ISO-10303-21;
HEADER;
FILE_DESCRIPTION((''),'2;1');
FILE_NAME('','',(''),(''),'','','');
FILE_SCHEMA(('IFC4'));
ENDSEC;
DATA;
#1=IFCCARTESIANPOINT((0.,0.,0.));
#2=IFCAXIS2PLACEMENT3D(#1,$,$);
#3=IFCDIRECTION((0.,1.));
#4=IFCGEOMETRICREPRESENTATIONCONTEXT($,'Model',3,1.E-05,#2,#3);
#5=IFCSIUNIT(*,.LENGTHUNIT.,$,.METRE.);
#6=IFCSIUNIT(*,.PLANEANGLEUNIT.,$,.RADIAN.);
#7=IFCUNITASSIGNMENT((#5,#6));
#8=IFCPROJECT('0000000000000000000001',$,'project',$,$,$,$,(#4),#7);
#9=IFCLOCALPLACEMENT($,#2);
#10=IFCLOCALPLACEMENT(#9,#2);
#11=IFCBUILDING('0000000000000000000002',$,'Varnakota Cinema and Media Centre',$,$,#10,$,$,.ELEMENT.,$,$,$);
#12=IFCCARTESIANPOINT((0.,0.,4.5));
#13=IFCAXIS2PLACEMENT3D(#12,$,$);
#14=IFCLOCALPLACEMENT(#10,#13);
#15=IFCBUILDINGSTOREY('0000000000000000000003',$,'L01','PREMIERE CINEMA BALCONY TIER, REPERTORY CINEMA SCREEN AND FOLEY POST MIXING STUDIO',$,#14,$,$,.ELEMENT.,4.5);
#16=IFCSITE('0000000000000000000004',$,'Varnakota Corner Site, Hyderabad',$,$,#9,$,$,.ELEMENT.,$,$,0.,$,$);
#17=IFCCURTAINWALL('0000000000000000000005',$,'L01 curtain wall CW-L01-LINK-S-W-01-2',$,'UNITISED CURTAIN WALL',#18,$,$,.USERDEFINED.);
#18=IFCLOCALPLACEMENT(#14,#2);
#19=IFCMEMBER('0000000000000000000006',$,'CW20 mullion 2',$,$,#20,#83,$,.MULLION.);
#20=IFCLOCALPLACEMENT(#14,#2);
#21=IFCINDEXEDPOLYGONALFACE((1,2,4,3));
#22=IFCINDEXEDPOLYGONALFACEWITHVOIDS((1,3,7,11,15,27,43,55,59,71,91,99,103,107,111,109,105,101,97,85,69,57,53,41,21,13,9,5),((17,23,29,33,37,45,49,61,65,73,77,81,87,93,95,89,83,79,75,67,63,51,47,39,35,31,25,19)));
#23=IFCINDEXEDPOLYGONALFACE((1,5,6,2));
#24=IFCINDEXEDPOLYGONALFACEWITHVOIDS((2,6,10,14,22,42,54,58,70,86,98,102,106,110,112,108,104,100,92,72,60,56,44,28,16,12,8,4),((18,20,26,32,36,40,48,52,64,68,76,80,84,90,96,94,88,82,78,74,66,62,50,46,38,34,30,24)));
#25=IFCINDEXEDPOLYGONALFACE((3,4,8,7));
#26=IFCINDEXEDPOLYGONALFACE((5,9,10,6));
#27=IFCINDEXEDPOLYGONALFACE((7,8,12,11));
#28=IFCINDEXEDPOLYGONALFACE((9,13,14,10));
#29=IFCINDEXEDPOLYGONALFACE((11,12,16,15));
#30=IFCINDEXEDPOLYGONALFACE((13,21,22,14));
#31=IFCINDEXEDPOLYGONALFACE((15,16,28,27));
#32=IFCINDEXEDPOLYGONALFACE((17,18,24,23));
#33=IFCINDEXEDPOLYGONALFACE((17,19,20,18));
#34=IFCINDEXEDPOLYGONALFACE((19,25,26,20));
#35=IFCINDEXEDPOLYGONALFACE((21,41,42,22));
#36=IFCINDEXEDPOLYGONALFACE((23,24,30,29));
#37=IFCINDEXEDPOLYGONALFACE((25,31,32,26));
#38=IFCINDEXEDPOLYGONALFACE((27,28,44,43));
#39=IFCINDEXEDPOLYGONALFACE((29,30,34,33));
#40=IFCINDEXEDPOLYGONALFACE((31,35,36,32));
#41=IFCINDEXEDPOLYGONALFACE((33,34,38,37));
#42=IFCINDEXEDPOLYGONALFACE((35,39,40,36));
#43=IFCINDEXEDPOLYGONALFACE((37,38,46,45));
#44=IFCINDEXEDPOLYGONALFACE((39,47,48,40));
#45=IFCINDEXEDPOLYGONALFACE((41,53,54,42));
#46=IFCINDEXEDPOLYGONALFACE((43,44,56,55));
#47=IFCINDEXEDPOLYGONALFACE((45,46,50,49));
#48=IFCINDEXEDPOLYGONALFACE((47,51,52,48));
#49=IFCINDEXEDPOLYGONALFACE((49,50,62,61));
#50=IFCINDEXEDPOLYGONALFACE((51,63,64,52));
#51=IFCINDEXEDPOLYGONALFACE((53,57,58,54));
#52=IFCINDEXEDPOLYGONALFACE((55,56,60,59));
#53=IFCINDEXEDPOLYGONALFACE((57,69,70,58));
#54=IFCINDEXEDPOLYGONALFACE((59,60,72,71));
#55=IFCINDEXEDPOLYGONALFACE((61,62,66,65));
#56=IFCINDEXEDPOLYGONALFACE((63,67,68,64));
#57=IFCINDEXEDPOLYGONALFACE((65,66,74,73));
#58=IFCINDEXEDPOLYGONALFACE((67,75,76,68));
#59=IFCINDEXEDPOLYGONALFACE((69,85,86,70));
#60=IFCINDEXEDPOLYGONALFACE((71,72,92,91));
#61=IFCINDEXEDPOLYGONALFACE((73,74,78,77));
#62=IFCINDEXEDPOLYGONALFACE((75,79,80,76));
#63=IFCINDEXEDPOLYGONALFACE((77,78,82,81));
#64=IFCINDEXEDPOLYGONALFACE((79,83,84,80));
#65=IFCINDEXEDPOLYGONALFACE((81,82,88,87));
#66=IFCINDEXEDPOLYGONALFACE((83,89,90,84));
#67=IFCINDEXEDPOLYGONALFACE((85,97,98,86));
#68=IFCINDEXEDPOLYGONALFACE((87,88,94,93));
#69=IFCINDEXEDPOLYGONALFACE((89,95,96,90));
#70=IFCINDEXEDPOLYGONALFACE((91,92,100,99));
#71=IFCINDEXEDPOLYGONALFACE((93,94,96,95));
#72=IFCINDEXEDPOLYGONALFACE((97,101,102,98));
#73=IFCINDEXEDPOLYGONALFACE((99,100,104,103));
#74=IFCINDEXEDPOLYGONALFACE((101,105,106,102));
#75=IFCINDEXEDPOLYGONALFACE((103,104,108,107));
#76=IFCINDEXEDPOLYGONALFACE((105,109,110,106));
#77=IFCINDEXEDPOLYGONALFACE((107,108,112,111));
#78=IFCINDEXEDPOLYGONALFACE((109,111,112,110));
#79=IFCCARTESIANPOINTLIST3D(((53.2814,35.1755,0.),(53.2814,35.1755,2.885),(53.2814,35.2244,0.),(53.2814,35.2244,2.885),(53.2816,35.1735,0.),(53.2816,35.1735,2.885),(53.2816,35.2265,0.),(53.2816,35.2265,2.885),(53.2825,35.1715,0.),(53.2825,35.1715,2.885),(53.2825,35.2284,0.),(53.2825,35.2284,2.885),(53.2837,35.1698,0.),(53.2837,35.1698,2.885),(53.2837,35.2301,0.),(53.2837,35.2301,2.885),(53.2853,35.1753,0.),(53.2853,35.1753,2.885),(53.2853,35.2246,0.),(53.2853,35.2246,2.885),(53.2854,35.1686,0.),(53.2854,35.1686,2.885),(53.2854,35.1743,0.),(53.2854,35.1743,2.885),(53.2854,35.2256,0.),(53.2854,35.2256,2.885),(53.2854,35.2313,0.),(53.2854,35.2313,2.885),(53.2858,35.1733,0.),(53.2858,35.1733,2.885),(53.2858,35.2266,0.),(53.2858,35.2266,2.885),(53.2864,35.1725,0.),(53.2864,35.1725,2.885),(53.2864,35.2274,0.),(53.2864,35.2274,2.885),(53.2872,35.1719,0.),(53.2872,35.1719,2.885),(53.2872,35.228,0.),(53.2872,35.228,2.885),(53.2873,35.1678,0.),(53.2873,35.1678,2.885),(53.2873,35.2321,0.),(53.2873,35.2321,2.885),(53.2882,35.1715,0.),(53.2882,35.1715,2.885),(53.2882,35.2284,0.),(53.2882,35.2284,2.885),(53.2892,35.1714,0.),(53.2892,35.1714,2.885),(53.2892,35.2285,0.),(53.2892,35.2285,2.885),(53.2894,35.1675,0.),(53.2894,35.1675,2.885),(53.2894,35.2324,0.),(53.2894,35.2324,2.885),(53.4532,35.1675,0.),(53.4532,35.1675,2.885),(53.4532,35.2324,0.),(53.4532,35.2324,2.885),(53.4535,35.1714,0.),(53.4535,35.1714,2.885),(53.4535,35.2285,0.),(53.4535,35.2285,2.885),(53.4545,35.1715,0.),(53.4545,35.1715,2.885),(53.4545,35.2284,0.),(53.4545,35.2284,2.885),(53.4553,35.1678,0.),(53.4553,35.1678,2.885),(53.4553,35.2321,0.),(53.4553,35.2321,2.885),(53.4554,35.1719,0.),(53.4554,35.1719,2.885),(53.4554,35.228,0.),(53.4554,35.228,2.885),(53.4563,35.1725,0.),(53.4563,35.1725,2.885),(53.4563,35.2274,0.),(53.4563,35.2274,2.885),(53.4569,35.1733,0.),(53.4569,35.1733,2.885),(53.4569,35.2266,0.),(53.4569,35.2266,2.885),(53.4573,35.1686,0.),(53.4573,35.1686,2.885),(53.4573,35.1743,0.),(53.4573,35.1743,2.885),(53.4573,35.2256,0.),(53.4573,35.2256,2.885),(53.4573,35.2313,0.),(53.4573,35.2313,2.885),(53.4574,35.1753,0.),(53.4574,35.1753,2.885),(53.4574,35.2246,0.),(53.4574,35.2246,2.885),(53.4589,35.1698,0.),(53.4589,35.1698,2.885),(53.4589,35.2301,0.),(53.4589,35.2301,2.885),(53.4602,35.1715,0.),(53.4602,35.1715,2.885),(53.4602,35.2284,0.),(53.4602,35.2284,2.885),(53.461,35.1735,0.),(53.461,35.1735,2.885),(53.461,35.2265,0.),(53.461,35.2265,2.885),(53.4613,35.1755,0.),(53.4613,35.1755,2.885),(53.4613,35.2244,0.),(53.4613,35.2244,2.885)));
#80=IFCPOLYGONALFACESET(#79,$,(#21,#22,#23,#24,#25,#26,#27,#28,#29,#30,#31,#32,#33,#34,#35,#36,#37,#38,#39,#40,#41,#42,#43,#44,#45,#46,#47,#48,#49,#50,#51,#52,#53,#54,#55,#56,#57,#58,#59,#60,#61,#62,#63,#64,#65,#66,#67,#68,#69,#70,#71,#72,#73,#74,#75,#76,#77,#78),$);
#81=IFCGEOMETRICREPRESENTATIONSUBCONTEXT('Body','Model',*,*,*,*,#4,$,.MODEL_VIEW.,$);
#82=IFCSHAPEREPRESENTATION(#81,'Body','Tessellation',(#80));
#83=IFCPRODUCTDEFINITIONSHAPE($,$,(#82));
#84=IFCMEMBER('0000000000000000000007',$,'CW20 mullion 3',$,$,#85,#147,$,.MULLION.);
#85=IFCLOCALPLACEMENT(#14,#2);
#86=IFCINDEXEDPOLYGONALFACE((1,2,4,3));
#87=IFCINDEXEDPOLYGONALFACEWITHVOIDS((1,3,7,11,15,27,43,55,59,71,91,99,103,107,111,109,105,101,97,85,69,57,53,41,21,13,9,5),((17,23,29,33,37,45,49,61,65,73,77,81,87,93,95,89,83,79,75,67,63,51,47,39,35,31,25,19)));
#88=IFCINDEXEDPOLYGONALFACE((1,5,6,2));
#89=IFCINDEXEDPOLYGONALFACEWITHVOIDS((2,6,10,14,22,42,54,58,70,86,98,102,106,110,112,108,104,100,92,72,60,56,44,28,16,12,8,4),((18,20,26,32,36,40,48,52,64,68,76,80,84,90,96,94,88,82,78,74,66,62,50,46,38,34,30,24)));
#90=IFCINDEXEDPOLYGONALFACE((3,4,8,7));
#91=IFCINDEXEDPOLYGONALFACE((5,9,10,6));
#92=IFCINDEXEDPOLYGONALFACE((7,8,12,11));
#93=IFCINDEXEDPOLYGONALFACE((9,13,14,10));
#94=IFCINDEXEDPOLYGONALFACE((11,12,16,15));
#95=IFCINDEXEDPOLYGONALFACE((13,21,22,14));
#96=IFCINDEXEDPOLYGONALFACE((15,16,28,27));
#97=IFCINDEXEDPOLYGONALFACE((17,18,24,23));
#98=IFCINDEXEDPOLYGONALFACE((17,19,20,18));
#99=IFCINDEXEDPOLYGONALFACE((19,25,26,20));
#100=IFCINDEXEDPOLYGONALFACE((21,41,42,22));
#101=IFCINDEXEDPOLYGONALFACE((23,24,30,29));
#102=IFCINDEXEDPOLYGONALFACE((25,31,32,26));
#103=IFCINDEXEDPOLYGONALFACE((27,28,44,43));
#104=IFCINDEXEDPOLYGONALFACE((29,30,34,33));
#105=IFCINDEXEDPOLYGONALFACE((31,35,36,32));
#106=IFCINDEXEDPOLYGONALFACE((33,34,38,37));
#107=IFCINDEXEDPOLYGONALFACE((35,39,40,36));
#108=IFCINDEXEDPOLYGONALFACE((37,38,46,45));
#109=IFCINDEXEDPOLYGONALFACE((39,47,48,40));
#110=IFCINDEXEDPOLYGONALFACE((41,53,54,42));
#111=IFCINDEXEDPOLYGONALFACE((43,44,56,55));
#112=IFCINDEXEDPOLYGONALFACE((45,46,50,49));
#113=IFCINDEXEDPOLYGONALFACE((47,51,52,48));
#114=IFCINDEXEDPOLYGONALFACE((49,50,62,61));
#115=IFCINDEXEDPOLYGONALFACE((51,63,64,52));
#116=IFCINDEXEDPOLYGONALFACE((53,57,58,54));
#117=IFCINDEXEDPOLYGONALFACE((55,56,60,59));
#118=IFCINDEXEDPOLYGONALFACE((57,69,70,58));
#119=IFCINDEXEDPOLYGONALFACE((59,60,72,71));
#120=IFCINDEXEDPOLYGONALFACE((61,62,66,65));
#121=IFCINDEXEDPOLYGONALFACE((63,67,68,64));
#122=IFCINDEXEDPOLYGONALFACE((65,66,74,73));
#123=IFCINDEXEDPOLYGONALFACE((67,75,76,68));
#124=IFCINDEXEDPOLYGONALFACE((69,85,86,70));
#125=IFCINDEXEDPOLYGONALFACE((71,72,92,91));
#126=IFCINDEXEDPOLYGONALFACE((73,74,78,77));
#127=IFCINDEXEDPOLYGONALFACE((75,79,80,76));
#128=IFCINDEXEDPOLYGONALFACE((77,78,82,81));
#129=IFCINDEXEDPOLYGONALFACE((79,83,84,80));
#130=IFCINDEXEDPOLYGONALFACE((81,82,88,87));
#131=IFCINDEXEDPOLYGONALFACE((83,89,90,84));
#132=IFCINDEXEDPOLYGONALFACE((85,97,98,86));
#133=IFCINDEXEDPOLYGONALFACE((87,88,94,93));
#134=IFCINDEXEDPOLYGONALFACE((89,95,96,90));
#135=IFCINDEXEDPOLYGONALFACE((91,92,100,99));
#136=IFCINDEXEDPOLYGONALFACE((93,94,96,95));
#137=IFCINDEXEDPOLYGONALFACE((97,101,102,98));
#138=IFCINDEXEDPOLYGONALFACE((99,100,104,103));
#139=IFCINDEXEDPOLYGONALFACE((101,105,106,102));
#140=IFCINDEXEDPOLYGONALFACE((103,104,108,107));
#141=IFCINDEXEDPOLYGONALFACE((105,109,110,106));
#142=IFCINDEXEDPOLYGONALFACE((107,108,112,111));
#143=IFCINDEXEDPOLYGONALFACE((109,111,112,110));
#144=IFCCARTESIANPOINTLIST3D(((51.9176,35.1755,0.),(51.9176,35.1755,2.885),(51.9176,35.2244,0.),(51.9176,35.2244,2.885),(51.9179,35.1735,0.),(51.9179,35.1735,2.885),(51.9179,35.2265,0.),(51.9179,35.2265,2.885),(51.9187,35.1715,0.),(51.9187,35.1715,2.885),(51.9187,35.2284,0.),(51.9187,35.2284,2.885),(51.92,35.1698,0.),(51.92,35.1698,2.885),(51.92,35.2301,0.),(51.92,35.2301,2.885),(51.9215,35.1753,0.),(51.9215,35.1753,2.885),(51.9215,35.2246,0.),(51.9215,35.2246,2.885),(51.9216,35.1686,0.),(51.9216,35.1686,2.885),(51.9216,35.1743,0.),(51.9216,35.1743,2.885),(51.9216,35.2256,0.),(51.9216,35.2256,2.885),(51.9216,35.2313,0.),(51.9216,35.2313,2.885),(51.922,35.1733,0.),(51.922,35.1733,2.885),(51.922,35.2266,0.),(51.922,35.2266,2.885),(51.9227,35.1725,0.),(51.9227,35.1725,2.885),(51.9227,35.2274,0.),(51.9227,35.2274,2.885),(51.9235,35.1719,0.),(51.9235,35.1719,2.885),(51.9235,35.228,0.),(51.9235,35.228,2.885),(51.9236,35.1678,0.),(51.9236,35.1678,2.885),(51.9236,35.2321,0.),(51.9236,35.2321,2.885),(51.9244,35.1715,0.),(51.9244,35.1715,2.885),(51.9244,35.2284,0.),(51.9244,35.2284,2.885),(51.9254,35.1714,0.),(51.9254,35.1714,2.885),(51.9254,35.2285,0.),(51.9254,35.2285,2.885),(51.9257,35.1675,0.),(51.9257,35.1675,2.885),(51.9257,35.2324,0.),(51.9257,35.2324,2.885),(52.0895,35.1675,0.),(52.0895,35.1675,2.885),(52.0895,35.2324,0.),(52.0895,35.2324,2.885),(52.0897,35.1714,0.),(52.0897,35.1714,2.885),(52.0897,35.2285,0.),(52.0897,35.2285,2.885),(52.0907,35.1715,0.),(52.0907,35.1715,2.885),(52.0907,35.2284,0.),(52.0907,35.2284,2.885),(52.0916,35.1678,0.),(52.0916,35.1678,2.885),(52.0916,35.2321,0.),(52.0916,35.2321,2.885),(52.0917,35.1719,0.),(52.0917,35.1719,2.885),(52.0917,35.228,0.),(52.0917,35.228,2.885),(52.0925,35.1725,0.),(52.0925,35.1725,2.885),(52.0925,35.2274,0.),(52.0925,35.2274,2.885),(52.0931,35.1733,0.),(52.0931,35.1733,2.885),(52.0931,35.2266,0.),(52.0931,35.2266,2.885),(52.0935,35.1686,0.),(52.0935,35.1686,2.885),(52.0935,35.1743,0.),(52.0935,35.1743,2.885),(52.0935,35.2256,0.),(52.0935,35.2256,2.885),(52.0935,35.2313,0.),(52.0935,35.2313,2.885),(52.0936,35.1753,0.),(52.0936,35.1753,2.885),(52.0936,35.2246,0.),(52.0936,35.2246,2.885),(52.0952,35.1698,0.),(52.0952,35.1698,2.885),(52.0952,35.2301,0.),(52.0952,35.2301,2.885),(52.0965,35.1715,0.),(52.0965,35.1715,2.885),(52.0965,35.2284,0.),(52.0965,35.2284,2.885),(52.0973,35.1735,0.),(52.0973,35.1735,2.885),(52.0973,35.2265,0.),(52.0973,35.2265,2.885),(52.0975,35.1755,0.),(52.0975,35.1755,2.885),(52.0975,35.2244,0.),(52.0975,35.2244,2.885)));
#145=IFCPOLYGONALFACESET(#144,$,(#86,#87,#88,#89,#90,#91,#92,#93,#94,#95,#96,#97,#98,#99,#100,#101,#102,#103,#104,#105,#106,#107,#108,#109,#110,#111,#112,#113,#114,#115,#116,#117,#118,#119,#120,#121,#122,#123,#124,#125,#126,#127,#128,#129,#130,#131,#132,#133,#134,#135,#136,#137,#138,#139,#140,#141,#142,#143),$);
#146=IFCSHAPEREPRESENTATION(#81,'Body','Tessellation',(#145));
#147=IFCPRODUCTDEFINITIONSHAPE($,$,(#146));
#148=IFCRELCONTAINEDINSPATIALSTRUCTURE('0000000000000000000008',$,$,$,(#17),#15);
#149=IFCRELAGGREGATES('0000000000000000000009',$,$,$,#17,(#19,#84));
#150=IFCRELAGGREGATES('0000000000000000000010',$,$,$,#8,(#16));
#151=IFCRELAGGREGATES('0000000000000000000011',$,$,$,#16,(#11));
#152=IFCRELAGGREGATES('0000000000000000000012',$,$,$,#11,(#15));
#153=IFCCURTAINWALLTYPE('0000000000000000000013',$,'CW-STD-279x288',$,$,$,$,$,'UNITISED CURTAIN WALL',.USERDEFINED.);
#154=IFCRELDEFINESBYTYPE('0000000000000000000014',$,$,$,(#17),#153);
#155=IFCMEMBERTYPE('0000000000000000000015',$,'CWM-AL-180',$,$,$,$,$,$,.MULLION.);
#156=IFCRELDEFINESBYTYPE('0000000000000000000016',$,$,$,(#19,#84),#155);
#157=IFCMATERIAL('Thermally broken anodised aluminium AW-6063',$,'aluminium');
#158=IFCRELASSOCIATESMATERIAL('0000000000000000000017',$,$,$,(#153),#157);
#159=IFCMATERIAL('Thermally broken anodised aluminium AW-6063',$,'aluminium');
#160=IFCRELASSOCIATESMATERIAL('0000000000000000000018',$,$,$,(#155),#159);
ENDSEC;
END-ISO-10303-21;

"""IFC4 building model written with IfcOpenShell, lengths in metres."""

from ifc_helpers import new_model, si_unit, direction, frame, origin, origin_2d, place, context, subcontext, project, spatial, hollow_rectangle, extrude, material, material_profile, profile_set, type_object, element, aggregate, save


model = new_model("IFC4")

# Units and contexts
model_context = context("Model", 3, precision=1e-05, world=origin(), true_north=direction((0.0, 1.0)))
body_context = subcontext(model_context, "Body", "Model", "MODEL_VIEW")
ifc_project = project(units=[si_unit("LENGTHUNIT", "METRE"), si_unit("PLANEANGLEUNIT", "RADIAN")], contexts=[model_context])

# Site, building, storey
site_placement = place(None, origin())
site = spatial("IfcSite", under=ifc_project, at=site_placement, Name="Varnakota Corner Site, Hyderabad", CompositionType="ELEMENT", RefElevation=0.0)
building_placement = place(site_placement, origin())
building = spatial("IfcBuilding", under=site, at=building_placement, Name="Varnakota Cinema and Media Centre", CompositionType="ELEMENT")
storey_placement = place(building_placement, frame((0.0, 0.0, 4.5)))
storey = spatial("IfcBuildingStorey", under=building, at=storey_placement, Name="L01", Description="PREMIERE CINEMA BALCONY TIER, REPERTORY CINEMA SCREEN AND FOLEY POST MIXING STUDIO", CompositionType="ELEMENT", Elevation=4.5)

# Curtain wall, members
ifc_material_1 = material(Name="Thermally broken anodised aluminium AW-6063", Category="aluminium")
curtain_wall_type_1 = type_object("IfcCurtainWallType", Name="CW-STD-279x288", ElementType="UNITISED CURTAIN WALL", PredefinedType="USERDEFINED", material=ifc_material_1)
ifc_material_2 = material(Name="Thermally broken anodised aluminium AW-6063", Category="aluminium")
ifc_material_profile_1 = material_profile(ifc_material_2, hollow_rectangle(XDim=0.0649, YDim=0.1799, WallThickness=0.0039, InnerFilletRadius=0.0039, OuterFilletRadius=0.0081, at=origin_2d()), Name="AL-MULLION 180x65x4")
ifc_profile_set_1 = profile_set([ifc_material_profile_1], Name="Thermally broken anodised aluminium AW-6063")
member_type_1 = type_object("IfcMemberType", Name="CWM-AL-180", PredefinedType="MULLION", material=ifc_profile_set_1)
curtain_wall_1_placement = place(storey_placement, origin())
curtain_wall_1 = element("IfcCurtainWall", 1, at=curtain_wall_1_placement, inside=storey, type_object=curtain_wall_type_1, Name="L01 curtain wall CW-L01-LINK-S-W-01-2", ObjectType="UNITISED CURTAIN WALL", PredefinedType="USERDEFINED")
member_1_placement = place(storey_placement, frame((53.3713, 35.2, 0.0), z_axis=(0.0, 0.0, 1.0), x_axis=(0.0, -1.0, 0.0)))
member_1 = element("IfcMember", 2, at=member_1_placement, type_object=member_type_1, Name="CW20 mullion 2", PredefinedType="MULLION", context=body_context, shape_type="SweptSolid", body=[
    extrude(hollow_rectangle(XDim=0.0649, YDim=0.1799, WallThickness=0.0039, InnerFilletRadius=0.0039, OuterFilletRadius=0.0081, at=origin_2d()), origin(), (0.0, 0.0, 1.0), 2.885),
])
member_2_placement = place(storey_placement, frame((52.0076, 35.2, 0.0), z_axis=(0.0, 0.0, 1.0), x_axis=(0.0, -1.0, 0.0)))
member_2 = element("IfcMember", 3, at=member_2_placement, type_object=member_type_1, Name="CW20 mullion 3", PredefinedType="MULLION", context=body_context, shape_type="SweptSolid", body=[
    extrude(hollow_rectangle(XDim=0.0649, YDim=0.1799, WallThickness=0.0039, InnerFilletRadius=0.0039, OuterFilletRadius=0.0081, at=origin_2d()), origin(), (0.0, 0.0, 1.0), 2.885),
])

aggregate(curtain_wall_1, [member_1, member_2])

save(model, "model.ifc")
